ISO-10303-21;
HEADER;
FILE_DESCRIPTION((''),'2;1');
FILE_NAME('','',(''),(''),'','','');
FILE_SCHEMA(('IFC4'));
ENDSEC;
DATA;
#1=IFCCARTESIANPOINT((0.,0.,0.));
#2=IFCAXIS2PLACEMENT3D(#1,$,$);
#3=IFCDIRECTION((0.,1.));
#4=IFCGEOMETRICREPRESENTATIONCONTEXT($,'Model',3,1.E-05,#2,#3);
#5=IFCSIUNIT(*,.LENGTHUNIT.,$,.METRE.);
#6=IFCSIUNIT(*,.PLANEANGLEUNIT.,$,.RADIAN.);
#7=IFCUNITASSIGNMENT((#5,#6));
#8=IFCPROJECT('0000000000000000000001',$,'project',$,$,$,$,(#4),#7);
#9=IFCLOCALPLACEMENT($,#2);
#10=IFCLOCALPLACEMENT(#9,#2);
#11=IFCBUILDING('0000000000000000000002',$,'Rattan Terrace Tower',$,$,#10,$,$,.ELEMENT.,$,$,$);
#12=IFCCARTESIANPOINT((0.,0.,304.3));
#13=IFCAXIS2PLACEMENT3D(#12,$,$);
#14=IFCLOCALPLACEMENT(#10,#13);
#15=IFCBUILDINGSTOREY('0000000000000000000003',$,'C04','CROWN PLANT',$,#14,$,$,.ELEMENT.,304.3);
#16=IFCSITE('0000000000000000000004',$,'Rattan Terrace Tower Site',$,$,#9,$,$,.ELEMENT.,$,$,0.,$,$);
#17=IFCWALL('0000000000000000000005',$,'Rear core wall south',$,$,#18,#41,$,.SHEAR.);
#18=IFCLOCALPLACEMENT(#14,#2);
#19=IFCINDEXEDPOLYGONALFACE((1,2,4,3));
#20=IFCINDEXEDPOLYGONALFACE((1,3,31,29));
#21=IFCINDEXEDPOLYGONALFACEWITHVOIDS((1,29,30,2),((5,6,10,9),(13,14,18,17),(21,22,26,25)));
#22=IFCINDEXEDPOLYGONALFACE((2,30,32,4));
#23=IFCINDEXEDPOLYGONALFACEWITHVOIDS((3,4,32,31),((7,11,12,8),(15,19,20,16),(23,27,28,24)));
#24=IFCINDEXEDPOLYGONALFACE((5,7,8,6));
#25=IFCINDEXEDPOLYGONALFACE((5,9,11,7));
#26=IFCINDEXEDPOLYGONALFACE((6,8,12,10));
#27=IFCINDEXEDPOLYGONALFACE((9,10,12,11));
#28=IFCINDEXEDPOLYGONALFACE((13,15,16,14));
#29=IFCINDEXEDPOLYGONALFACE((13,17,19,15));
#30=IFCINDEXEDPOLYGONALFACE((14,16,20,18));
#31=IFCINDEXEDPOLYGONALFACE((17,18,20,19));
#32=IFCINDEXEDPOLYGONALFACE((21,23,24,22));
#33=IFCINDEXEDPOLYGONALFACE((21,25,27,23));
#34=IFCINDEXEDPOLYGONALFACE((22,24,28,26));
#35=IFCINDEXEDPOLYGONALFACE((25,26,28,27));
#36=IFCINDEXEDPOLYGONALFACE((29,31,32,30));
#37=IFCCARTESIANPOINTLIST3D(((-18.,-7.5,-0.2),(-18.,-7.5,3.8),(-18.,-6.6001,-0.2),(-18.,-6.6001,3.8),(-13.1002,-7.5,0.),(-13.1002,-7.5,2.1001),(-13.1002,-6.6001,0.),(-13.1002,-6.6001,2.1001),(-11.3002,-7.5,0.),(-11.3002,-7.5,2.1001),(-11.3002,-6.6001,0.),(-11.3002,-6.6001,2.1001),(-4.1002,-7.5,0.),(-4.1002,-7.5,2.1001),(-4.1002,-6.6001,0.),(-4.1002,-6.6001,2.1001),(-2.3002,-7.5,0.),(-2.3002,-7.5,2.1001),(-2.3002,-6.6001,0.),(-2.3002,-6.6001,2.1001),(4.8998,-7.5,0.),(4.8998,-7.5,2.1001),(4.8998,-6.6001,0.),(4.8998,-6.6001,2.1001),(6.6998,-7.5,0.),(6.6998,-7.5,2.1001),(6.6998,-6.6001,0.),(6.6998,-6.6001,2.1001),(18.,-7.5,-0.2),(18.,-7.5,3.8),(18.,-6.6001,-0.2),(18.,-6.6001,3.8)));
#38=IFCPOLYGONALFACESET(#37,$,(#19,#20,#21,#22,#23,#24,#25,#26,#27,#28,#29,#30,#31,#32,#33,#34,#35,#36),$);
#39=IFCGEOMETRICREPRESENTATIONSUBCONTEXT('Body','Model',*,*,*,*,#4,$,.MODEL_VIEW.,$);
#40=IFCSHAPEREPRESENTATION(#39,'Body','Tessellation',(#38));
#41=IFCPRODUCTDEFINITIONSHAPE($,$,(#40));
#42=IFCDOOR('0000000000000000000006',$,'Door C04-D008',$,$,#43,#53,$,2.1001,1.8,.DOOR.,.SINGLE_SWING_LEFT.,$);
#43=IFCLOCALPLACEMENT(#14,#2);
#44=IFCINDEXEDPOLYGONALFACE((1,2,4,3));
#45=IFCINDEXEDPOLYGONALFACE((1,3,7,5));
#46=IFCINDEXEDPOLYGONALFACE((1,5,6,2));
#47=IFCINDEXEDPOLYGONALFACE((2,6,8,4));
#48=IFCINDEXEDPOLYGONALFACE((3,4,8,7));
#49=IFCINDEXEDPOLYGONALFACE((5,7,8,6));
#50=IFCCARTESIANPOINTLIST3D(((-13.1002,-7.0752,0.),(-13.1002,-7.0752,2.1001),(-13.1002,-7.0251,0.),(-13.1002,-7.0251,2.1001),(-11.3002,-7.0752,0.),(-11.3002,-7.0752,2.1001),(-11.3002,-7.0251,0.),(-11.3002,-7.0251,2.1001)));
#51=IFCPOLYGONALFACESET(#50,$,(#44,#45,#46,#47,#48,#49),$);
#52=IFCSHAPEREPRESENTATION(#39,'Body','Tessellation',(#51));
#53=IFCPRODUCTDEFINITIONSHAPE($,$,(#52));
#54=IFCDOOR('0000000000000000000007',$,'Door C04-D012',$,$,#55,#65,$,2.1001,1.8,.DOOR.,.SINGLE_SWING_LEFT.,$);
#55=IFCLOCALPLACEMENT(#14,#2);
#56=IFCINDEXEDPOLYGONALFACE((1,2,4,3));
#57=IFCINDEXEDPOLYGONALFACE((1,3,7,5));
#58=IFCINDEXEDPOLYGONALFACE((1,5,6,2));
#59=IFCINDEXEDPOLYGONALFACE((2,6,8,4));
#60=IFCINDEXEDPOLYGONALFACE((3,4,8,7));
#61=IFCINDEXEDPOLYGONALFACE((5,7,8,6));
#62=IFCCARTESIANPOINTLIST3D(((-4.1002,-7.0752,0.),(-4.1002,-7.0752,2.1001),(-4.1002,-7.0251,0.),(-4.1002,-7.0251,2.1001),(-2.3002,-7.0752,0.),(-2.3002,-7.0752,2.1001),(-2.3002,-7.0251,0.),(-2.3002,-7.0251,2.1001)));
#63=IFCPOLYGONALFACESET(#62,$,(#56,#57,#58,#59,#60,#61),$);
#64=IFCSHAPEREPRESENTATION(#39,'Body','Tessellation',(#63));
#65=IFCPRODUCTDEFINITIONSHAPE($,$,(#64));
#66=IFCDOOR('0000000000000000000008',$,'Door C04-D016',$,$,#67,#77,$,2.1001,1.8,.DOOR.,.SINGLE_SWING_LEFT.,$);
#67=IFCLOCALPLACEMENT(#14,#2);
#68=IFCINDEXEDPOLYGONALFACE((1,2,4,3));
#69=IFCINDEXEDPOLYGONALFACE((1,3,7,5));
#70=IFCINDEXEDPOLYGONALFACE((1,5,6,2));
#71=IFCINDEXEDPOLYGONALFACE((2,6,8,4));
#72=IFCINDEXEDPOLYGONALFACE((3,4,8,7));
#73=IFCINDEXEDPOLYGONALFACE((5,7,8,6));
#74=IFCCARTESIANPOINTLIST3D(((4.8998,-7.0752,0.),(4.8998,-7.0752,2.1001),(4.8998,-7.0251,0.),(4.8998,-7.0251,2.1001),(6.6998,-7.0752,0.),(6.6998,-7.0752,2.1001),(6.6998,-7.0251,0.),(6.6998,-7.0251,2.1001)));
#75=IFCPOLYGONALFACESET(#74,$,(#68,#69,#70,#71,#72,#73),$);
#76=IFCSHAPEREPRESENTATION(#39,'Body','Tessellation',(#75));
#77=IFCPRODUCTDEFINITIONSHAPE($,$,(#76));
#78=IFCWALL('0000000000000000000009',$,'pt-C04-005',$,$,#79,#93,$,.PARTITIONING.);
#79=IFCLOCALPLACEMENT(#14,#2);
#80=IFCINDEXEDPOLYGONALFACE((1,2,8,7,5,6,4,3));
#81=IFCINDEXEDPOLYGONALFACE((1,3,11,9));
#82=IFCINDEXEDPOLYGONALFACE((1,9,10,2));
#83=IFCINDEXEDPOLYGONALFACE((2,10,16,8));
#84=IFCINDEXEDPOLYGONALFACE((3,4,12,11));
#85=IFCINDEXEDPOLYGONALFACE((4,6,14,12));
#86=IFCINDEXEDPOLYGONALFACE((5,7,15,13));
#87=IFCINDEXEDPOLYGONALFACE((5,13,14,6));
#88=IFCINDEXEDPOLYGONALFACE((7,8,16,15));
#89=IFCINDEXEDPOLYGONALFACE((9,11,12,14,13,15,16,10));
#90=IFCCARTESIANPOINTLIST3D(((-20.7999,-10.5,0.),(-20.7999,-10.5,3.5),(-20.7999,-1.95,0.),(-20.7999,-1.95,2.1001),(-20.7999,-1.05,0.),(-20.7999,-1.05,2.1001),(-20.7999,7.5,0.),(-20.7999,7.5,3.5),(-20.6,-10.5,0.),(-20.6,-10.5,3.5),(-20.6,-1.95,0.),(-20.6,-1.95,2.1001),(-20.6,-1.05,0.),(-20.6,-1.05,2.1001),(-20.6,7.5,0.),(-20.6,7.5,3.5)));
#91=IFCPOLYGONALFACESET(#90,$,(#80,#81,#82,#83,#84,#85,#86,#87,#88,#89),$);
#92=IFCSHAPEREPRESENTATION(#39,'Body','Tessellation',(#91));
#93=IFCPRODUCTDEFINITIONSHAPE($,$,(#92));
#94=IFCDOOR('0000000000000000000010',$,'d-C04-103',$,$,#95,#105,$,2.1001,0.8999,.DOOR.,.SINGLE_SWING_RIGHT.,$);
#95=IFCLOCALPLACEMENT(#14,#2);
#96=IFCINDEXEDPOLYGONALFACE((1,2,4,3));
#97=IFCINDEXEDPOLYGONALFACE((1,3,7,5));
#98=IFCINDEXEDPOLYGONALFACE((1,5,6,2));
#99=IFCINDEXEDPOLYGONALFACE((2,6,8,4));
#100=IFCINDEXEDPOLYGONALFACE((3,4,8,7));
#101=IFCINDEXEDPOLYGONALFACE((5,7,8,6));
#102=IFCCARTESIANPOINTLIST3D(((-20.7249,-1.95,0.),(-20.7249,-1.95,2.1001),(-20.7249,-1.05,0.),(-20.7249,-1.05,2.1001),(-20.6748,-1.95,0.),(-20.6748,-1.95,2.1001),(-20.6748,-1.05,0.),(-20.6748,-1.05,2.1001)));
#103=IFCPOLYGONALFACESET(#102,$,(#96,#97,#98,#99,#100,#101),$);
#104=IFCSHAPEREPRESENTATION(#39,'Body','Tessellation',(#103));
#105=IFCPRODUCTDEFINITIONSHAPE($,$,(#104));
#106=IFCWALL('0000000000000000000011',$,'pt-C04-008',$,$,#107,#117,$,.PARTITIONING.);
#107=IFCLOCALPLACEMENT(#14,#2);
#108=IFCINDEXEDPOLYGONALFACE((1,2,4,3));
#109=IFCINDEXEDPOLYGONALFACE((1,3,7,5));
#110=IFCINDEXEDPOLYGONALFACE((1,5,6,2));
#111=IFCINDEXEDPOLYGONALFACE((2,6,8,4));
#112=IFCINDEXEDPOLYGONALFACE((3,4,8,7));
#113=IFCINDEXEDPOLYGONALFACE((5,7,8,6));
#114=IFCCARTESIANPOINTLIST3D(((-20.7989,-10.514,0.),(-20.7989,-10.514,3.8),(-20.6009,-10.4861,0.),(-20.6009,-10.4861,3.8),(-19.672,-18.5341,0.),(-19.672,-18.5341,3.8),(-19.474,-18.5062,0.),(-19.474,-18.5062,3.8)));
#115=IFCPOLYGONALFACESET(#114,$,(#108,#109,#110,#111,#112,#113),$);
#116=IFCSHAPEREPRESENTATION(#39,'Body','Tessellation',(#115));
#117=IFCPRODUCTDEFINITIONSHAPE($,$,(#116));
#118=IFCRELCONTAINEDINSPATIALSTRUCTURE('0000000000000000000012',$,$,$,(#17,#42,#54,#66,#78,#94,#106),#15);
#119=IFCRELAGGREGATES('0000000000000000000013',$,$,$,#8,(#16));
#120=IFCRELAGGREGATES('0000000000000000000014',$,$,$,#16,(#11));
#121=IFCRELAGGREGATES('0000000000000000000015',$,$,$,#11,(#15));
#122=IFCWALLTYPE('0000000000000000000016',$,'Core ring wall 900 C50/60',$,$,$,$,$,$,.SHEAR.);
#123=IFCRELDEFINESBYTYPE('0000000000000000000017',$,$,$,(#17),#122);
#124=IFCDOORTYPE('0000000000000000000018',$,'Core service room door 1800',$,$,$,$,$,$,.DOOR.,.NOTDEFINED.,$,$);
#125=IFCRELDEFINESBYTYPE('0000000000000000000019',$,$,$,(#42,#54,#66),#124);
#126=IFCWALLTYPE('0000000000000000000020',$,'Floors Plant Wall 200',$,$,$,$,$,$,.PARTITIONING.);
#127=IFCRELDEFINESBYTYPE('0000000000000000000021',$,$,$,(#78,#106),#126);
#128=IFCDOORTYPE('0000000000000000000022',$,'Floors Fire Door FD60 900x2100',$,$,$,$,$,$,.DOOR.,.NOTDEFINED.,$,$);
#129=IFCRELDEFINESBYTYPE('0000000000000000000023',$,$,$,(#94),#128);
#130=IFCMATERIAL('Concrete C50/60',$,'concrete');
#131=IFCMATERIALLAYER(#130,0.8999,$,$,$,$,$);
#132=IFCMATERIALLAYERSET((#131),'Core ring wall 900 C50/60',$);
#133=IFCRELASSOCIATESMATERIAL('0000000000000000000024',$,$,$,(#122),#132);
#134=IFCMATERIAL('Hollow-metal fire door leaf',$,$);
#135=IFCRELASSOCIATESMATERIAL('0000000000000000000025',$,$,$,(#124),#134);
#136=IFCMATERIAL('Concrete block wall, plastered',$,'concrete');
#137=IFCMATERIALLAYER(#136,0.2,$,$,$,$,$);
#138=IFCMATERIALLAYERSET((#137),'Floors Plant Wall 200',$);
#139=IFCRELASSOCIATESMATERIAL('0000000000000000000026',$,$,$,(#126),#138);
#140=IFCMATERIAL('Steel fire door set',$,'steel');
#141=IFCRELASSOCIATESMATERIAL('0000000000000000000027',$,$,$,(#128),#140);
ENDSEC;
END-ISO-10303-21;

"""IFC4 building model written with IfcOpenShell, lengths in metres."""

from ifc_helpers import new_model, si_unit, direction, frame, frame_2d, origin, place, context, subcontext, project, spatial, rectangle, extrude, material, layer, layer_set, type_object, element, fill, save


model = new_model("IFC4")

# Units and contexts
model_context = context("Model", 3, precision=1e-05, world=origin(), true_north=direction((0.0, 1.0)))
body_context = subcontext(model_context, "Body", "Model", "MODEL_VIEW")
ifc_project = project(units=[si_unit("LENGTHUNIT", "METRE"), si_unit("PLANEANGLEUNIT", "RADIAN")], contexts=[model_context])

# Site, building, storey
site_placement = place(None, origin())
site = spatial("IfcSite", under=ifc_project, at=site_placement, Name="Rattan Terrace Tower Site", CompositionType="ELEMENT", RefElevation=0.0)
building_placement = place(site_placement, origin())
building = spatial("IfcBuilding", under=site, at=building_placement, Name="Rattan Terrace Tower", CompositionType="ELEMENT")
storey_placement = place(building_placement, frame((0.0, 0.0, 304.3)))
storey = spatial("IfcBuildingStorey", under=building, at=storey_placement, Name="C04", Description="CROWN PLANT", CompositionType="ELEMENT", Elevation=304.3)

# Wall, openings, doors
ifc_material_1 = material(Name="Concrete C50/60", Category="concrete")
ifc_layer_1 = layer(ifc_material_1, 0.8999)
ifc_layer_set_1 = layer_set([ifc_layer_1], Name="Core ring wall 900 C50/60")
wall_type_1 = type_object("IfcWallType", Name="Core ring wall 900 C50/60", PredefinedType="SHEAR", material=ifc_layer_set_1)
wall_1_placement = place(storey_placement, frame((-18.0, -7.05, -0.2), z_axis=(0.0, 0.0, 1.0), x_axis=(1.0, 0.0, 0.0)))
wall_1 = element("IfcWall", 1, at=wall_1_placement, inside=storey, type_object=wall_type_1, Name="Rear core wall south", PredefinedType="SHEAR", context=body_context, shape_type="SweptSolid", body=[
    extrude(rectangle(XDim=36.0, YDim=0.8999, at=frame_2d((18.0, 0.0))), origin(), (0.0, 0.0, 1.0), 4.0),
])
opening_1_placement = place(wall_1_placement, frame((4.8999, 0.0, 0.2)))
opening_1 = element("IfcOpeningElement", 2, at=opening_1_placement, cuts=wall_1, PredefinedType="OPENING", context=body_context, shape_type="SweptSolid", body=[
    extrude(rectangle(XDim=1.8, YDim=2.1001, at=frame_2d((0.8999, 1.05))), frame((0.0, 0.4604, 0.0), z_axis=(0.0, -1.0, 0.0), x_axis=(1.0, 0.0, 0.0)), (0.0, 0.0, 1.0), 0.9209),
])
opening_2_placement = place(wall_1_placement, frame((13.8999, 0.0, 0.2)))
opening_2 = element("IfcOpeningElement", 3, at=opening_2_placement, cuts=wall_1, PredefinedType="OPENING", context=body_context, shape_type="SweptSolid", body=[
    extrude(rectangle(XDim=1.8, YDim=2.1001, at=frame_2d((0.8999, 1.05))), frame((0.0, 0.4604, 0.0), z_axis=(0.0, -1.0, 0.0), x_axis=(1.0, 0.0, 0.0)), (0.0, 0.0, 1.0), 0.9209),
])
opening_3_placement = place(wall_1_placement, frame((22.8999, 0.0, 0.2)))
opening_3 = element("IfcOpeningElement", 4, at=opening_3_placement, cuts=wall_1, PredefinedType="OPENING", context=body_context, shape_type="SweptSolid", body=[
    extrude(rectangle(XDim=1.8, YDim=2.1001, at=frame_2d((0.8999, 1.05))), frame((0.0, 0.4604, 0.0), z_axis=(0.0, -1.0, 0.0), x_axis=(1.0, 0.0, 0.0)), (0.0, 0.0, 1.0), 0.9209),
])
ifc_material_2 = material(Name="Hollow-metal fire door leaf")
door_type_1 = type_object("IfcDoorType", Name="Core service room door 1800", OperationType="NOTDEFINED", PredefinedType="DOOR", material=ifc_material_2)
door_1_placement = place(opening_1_placement, origin())
door_1 = element("IfcDoor", 5, at=door_1_placement, inside=storey, type_object=door_type_1, Name="Door C04-D008", OperationType="SINGLE_SWING_LEFT", OverallHeight=2.1001, OverallWidth=1.8, PredefinedType="DOOR", context=body_context, shape_type="SweptSolid", body=[
    extrude(rectangle(XDim=1.8, YDim=2.1001, at=frame_2d((0.8999, 1.05))), frame((0.0, 0.0249, 0.0), z_axis=(0.0, -1.0, 0.0), x_axis=(1.0, 0.0, 0.0)), (0.0, 0.0, 1.0), 0.05),
])
fill(opening_1, door_1)
door_2_placement = place(opening_2_placement, origin())
door_2 = element("IfcDoor", 6, at=door_2_placement, inside=storey, type_object=door_type_1, Name="Door C04-D012", OperationType="SINGLE_SWING_LEFT", OverallHeight=2.1001, OverallWidth=1.8, PredefinedType="DOOR", context=body_context, shape_type="SweptSolid", body=[
    extrude(rectangle(XDim=1.8, YDim=2.1001, at=frame_2d((0.8999, 1.05))), frame((0.0, 0.0249, 0.0), z_axis=(0.0, -1.0, 0.0), x_axis=(1.0, 0.0, 0.0)), (0.0, 0.0, 1.0), 0.05),
])
fill(opening_2, door_2)
door_3_placement = place(opening_3_placement, origin())
door_3 = element("IfcDoor", 7, at=door_3_placement, inside=storey, type_object=door_type_1, Name="Door C04-D016", OperationType="SINGLE_SWING_LEFT", OverallHeight=2.1001, OverallWidth=1.8, PredefinedType="DOOR", context=body_context, shape_type="SweptSolid", body=[
    extrude(rectangle(XDim=1.8, YDim=2.1001, at=frame_2d((0.8999, 1.05))), frame((0.0, 0.0249, 0.0), z_axis=(0.0, -1.0, 0.0), x_axis=(1.0, 0.0, 0.0)), (0.0, 0.0, 1.0), 0.05),
])
fill(opening_3, door_3)

# Wall, opening, door
ifc_material_3 = material(Name="Concrete block wall, plastered", Category="concrete")
ifc_layer_2 = layer(ifc_material_3, 0.2)
ifc_layer_set_2 = layer_set([ifc_layer_2], Name="Floors Plant Wall 200")
wall_type_2 = type_object("IfcWallType", Name="Floors Plant Wall 200", PredefinedType="PARTITIONING", material=ifc_layer_set_2)
wall_2_placement = place(storey_placement, frame((-20.7, -10.5, 0.0), z_axis=(0.0, 0.0, 1.0), x_axis=(0.0, 1.0, 0.0)))
wall_2 = element("IfcWall", 8, at=wall_2_placement, inside=storey, type_object=wall_type_2, Name="pt-C04-005", PredefinedType="PARTITIONING", context=body_context, shape_type="SweptSolid", body=[
    extrude(rectangle(XDim=18.0, YDim=0.2, at=frame_2d((9.0, 0.0))), origin(), (0.0, 0.0, 1.0), 3.5),
])
opening_4_placement = place(wall_2_placement, frame((8.55, 0.0, 0.0)))
opening_4 = element("IfcOpeningElement", 9, at=opening_4_placement, cuts=wall_2, PredefinedType="OPENING", context=body_context, shape_type="SweptSolid", body=[
    extrude(rectangle(XDim=0.8999, YDim=2.1001, at=frame_2d((0.45, 1.05))), frame((0.0, 0.1106, 0.0), z_axis=(0.0, -1.0, 0.0), x_axis=(1.0, 0.0, 0.0)), (0.0, 0.0, 1.0), 0.2209),
])
ifc_material_4 = material(Name="Steel fire door set", Category="steel")
door_type_2 = type_object("IfcDoorType", Name="Floors Fire Door FD60 900x2100", OperationType="NOTDEFINED", PredefinedType="DOOR", material=ifc_material_4)
door_4_placement = place(opening_4_placement, origin())
door_4 = element("IfcDoor", 10, at=door_4_placement, inside=storey, type_object=door_type_2, Name="d-C04-103", OperationType="SINGLE_SWING_RIGHT", OverallHeight=2.1001, OverallWidth=0.8999, PredefinedType="DOOR", context=body_context, shape_type="SweptSolid", body=[
    extrude(rectangle(XDim=0.8999, YDim=2.1001, at=frame_2d((0.45, 1.05))), frame((0.0, 0.0249, 0.0), z_axis=(0.0, -1.0, 0.0), x_axis=(1.0, 0.0, 0.0)), (0.0, 0.0, 1.0), 0.05),
])
fill(opening_4, door_4)

# Wall
wall_3_placement = place(storey_placement, frame((-19.573, -18.52, 0.0), z_axis=(0.0, 0.0, 1.0), x_axis=(-0.13915, 0.990271, 0.0)))
element("IfcWall", 11, at=wall_3_placement, inside=storey, type_object=wall_type_2, Name="pt-C04-008", PredefinedType="PARTITIONING", context=body_context, shape_type="SweptSolid", body=[
    extrude(rectangle(XDim=8.0989, YDim=0.2, at=frame_2d((4.0493, 0.0))), origin(), (0.0, 0.0, 1.0), 3.8),
])

save(model, "model.ifc")
